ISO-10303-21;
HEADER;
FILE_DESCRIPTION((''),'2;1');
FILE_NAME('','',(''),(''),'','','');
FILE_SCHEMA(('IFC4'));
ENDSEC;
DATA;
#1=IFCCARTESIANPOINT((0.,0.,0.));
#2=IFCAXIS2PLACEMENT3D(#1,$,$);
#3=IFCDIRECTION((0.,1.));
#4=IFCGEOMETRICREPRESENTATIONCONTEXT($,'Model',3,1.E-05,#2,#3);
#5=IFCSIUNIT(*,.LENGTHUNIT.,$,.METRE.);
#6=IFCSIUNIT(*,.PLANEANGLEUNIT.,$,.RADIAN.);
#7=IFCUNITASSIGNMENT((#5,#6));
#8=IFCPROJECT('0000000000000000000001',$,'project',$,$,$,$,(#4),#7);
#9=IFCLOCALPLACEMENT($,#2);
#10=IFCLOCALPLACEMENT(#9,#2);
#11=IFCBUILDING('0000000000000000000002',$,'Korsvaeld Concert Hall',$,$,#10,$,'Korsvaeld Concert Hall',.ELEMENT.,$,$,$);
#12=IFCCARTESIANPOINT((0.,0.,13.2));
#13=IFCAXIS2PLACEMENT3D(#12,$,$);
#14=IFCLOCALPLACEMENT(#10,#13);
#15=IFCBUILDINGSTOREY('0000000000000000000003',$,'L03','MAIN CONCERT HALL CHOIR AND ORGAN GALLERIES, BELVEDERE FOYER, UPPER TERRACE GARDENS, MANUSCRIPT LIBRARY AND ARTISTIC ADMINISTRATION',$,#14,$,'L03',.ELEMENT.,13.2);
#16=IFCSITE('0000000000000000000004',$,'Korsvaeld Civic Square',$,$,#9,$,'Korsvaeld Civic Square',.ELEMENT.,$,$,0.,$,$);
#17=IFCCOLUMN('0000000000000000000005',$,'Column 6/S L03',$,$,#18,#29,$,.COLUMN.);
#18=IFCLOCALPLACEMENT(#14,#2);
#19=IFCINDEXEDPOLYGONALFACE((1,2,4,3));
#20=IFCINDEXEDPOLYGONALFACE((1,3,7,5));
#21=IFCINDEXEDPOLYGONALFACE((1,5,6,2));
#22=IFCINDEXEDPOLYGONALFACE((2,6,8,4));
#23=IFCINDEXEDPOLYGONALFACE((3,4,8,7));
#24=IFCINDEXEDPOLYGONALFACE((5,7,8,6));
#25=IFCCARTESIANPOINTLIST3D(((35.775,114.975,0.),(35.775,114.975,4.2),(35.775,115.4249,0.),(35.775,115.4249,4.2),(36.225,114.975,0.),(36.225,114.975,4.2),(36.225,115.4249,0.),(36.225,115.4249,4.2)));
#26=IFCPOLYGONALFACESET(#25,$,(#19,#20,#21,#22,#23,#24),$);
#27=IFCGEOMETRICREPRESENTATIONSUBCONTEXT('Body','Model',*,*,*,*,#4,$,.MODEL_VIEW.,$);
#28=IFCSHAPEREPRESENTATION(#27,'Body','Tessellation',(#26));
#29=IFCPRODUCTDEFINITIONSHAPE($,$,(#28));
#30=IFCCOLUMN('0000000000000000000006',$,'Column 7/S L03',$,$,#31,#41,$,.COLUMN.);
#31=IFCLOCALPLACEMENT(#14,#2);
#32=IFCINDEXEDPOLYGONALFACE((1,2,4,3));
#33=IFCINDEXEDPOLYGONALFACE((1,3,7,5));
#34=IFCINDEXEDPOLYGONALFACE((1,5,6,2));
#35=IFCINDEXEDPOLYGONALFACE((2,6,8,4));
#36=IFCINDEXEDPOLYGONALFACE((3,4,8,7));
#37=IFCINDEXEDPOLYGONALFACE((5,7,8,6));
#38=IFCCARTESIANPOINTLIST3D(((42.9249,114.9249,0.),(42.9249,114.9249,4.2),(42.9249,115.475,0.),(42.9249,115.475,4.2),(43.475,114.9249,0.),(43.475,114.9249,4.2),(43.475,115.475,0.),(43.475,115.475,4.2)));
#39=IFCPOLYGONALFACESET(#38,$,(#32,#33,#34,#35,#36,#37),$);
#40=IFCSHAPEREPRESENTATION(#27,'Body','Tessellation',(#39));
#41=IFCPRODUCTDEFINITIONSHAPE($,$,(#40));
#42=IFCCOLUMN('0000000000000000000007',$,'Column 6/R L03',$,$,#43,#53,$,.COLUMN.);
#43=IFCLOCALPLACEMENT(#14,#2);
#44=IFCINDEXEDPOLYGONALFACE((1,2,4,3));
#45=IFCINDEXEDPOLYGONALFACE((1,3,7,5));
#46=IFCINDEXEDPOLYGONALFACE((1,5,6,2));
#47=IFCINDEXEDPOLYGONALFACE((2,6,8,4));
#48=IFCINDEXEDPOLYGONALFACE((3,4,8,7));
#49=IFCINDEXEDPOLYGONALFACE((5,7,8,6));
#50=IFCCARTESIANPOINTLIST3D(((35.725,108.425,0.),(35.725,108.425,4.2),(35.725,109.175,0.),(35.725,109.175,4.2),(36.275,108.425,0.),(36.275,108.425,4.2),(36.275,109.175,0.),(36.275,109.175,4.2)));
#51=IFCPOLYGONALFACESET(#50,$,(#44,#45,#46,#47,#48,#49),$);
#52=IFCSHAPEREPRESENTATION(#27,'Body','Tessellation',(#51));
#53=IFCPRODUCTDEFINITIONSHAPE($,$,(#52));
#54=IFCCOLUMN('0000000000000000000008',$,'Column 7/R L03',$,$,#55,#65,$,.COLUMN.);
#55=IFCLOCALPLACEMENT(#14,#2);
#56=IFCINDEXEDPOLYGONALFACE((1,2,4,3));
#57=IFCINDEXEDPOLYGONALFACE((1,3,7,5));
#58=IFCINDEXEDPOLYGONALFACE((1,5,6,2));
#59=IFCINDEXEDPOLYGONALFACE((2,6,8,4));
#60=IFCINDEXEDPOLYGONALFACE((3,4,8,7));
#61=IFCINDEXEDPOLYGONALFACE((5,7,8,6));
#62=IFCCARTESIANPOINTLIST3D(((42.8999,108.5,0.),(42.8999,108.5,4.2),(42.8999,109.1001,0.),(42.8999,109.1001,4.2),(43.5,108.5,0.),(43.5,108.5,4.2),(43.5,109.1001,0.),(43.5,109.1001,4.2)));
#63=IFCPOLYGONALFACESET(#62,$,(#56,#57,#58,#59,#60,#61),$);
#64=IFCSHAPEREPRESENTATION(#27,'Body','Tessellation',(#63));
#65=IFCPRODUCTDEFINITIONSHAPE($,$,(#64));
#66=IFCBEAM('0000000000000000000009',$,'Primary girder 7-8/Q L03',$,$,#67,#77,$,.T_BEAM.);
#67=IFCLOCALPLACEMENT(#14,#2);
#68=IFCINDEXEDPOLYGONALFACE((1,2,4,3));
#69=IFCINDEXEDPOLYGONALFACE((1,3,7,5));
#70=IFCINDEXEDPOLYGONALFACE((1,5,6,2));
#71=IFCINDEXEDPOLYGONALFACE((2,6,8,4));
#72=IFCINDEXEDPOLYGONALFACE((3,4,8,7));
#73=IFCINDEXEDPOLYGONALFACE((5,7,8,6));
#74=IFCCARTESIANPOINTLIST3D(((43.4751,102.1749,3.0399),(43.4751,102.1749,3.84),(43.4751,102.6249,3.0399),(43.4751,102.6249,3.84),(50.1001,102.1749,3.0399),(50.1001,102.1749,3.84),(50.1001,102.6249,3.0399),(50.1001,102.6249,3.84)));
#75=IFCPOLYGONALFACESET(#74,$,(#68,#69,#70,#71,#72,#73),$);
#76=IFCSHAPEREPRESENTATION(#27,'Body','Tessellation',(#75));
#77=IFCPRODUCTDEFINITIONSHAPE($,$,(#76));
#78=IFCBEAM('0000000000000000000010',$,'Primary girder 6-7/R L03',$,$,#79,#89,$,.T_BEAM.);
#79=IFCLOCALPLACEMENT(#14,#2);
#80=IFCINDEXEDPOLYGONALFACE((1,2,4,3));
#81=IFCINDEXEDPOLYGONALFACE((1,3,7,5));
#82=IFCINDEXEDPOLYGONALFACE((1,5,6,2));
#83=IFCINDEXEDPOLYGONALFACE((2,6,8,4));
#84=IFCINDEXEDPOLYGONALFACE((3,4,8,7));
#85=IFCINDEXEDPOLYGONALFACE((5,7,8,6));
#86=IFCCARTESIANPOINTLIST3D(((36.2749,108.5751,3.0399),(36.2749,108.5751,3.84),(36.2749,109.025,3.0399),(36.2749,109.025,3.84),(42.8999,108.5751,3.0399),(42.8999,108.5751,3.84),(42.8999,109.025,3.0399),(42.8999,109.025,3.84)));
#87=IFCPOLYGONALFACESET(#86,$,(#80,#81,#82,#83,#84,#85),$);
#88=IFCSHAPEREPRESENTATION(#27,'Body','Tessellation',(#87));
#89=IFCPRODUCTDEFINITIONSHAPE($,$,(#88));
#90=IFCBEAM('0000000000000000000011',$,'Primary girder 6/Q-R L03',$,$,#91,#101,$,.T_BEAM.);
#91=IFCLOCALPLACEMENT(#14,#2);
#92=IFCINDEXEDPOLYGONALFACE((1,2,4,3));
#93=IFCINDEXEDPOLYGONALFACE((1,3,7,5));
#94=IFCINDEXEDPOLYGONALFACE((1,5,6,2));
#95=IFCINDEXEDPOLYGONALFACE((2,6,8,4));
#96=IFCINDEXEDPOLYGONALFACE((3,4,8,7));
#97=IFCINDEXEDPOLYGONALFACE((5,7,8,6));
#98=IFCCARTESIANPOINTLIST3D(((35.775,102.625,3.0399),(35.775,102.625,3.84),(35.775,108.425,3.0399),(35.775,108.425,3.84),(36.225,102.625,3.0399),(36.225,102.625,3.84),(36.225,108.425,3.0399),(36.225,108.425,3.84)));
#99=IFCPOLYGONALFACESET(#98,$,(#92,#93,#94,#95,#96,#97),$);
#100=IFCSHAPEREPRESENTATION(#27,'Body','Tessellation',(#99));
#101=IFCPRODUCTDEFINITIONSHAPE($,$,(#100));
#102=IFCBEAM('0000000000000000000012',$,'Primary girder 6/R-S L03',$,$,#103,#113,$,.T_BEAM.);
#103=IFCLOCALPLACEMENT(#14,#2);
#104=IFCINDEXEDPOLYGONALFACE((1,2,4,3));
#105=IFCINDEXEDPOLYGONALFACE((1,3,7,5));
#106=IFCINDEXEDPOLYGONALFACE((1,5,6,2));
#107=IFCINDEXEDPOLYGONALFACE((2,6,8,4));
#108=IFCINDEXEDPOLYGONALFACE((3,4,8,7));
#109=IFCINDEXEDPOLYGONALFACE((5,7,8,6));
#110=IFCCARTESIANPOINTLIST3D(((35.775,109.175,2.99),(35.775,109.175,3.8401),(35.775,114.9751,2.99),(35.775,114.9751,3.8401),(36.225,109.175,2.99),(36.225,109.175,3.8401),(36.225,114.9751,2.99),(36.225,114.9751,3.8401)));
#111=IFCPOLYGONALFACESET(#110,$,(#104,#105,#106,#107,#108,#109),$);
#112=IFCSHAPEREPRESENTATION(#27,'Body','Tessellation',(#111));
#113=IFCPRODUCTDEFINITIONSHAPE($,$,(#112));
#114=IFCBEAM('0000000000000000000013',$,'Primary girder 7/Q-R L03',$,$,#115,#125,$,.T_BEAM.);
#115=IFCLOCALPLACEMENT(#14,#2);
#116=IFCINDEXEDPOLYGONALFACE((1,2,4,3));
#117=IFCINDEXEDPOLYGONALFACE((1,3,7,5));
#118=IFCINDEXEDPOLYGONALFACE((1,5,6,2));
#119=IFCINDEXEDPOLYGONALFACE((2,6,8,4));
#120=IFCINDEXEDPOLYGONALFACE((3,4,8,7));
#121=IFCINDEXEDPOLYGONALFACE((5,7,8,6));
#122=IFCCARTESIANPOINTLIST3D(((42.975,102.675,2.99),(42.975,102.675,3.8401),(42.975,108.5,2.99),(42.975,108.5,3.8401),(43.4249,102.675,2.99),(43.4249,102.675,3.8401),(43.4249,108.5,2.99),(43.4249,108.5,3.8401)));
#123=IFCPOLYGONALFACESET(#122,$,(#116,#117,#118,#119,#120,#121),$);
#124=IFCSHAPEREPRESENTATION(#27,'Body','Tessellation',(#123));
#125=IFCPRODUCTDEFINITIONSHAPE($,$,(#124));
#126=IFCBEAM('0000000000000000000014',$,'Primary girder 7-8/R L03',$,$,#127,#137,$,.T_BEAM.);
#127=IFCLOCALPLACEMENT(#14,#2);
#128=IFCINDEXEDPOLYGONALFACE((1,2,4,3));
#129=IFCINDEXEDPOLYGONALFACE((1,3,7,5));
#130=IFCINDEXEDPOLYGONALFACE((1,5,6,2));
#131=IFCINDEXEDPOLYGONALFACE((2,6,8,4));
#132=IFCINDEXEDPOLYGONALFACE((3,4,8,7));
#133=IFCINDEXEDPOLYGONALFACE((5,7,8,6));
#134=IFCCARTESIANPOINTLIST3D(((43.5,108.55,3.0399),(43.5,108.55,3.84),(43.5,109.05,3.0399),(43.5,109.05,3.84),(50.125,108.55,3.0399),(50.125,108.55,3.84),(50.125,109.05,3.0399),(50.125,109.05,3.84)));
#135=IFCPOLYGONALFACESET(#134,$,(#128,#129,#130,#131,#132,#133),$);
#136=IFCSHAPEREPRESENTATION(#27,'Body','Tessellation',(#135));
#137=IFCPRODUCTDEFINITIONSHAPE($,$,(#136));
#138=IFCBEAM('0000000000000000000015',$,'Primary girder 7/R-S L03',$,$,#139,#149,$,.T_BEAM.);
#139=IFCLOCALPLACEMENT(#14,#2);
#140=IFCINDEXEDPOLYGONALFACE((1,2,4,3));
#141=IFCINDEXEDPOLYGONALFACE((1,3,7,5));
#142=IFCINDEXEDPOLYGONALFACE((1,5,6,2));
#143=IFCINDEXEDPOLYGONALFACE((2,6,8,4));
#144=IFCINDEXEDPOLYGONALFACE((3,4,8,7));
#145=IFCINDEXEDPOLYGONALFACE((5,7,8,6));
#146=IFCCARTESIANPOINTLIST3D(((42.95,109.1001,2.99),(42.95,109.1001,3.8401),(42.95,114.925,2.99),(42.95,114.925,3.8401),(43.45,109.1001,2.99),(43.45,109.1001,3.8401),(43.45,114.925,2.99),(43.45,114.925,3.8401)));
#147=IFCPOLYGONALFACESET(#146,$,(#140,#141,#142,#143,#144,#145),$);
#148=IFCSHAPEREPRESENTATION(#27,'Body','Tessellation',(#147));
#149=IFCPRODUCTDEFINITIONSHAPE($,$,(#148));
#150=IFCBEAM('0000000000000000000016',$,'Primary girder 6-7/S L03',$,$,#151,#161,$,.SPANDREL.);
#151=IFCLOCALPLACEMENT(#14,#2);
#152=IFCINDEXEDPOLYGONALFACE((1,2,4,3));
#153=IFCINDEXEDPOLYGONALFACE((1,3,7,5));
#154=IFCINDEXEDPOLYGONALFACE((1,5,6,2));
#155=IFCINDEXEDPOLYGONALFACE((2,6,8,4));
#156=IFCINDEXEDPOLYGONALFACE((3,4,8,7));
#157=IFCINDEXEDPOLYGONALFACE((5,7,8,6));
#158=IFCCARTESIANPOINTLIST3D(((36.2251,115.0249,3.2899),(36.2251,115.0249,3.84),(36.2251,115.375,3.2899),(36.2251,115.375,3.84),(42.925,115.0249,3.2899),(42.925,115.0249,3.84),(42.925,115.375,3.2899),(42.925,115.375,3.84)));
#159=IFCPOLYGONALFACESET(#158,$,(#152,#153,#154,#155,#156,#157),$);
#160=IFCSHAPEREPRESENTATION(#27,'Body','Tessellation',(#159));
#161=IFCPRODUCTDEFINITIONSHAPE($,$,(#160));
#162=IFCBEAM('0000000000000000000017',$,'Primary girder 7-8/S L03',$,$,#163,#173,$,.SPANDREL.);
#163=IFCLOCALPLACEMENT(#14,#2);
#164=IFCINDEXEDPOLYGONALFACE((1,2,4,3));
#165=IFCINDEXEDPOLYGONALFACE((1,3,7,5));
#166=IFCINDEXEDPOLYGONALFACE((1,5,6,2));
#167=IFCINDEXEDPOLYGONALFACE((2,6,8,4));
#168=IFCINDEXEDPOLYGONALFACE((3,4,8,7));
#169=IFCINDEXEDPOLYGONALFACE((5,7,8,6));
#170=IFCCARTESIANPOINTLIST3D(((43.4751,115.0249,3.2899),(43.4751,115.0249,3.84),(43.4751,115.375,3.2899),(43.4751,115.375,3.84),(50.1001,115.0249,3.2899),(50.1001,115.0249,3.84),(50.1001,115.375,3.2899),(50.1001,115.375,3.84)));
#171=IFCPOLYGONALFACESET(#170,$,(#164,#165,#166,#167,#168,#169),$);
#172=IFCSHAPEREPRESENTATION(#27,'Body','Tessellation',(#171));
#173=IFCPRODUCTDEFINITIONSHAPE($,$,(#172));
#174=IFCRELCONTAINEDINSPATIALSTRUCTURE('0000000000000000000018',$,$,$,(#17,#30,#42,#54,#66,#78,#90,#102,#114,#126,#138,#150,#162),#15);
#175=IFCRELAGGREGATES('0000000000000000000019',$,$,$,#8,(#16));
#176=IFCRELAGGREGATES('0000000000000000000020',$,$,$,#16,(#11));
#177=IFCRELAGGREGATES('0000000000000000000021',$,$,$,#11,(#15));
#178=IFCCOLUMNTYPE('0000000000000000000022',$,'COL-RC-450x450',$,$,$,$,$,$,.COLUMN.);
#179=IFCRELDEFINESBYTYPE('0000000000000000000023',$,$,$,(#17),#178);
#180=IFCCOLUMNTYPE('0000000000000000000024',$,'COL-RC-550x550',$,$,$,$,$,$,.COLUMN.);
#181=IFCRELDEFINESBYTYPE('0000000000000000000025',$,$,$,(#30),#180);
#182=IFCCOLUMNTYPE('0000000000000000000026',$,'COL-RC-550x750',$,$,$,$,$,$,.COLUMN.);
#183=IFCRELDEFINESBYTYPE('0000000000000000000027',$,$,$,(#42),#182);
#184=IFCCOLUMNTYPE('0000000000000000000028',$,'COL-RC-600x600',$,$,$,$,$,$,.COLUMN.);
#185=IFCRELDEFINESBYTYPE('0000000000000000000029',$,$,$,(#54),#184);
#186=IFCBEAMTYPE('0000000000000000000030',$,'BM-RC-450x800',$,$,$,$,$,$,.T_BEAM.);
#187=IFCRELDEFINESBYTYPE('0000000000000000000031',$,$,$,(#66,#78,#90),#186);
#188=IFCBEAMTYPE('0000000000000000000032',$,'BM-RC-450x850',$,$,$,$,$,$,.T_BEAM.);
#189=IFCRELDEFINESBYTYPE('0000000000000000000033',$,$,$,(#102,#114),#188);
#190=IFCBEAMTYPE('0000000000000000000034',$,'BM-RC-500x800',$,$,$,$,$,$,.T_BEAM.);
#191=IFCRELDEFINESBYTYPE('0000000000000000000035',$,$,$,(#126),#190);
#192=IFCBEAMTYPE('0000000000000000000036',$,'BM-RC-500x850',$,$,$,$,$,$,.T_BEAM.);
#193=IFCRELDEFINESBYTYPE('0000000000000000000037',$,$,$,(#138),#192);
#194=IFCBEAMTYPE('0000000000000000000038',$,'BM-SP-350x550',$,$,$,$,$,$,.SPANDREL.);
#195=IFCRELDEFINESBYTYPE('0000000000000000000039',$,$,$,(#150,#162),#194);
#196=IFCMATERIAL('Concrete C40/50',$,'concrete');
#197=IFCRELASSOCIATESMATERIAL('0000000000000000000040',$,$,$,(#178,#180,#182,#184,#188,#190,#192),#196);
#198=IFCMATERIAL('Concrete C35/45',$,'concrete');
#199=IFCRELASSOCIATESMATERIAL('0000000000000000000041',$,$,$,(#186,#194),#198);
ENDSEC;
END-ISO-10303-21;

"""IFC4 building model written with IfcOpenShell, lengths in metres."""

from ifc_helpers import new_model, si_unit, direction, frame, origin, origin_2d, place, context, subcontext, project, spatial, rectangle, extrude, material, material_profile, profile_set, type_object, element, save


model = new_model("IFC4")

# Units and contexts
model_context = context("Model", 3, precision=1e-05, world=origin(), true_north=direction((0.0, 1.0)))
body_context = subcontext(model_context, "Body", "Model", "MODEL_VIEW")
ifc_project = project(units=[si_unit("LENGTHUNIT", "METRE"), si_unit("PLANEANGLEUNIT", "RADIAN")], contexts=[model_context])

# Site, building, storey
site_placement = place(None, origin())
site = spatial("IfcSite", under=ifc_project, at=site_placement, Name="Korsvaeld Civic Square", LongName="Korsvaeld Civic Square", CompositionType="ELEMENT", RefElevation=0.0)
building_placement = place(site_placement, origin())
building = spatial("IfcBuilding", under=site, at=building_placement, Name="Korsvaeld Concert Hall", LongName="Korsvaeld Concert Hall", CompositionType="ELEMENT")
storey_placement = place(building_placement, frame((0.0, 0.0, 13.2)))
storey = spatial("IfcBuildingStorey", under=building, at=storey_placement, Name="L03", Description="MAIN CONCERT HALL CHOIR AND ORGAN GALLERIES, BELVEDERE FOYER, UPPER TERRACE GARDENS, MANUSCRIPT LIBRARY AND ARTISTIC ADMINISTRATION", LongName="L03", CompositionType="ELEMENT", Elevation=13.2)

# Columns
ifc_material_1 = material(Name="Concrete C40/50", Category="concrete")
ifc_material_profile_1 = material_profile(ifc_material_1, rectangle(XDim=0.45, YDim=0.45, at=origin_2d()), Name="RC 450x450")
ifc_profile_set_1 = profile_set([ifc_material_profile_1], Name="Concrete C40/50")
column_type_1 = type_object("IfcColumnType", Name="COL-RC-450x450", PredefinedType="COLUMN", material=ifc_profile_set_1)
column_1_placement = place(storey_placement, frame((36.0, 115.2, 0.0), z_axis=(0.0, 0.0, 1.0), x_axis=(1.0, 0.0, 0.0)))
element("IfcColumn", 1, at=column_1_placement, inside=storey, type_object=column_type_1, Name="Column 6/S L03", PredefinedType="COLUMN", context=body_context, shape_type="SweptSolid", body=[
    extrude(rectangle(XDim=0.45, YDim=0.45, at=origin_2d()), origin(), (0.0, 0.0, 1.0), 4.2),
])
ifc_material_profile_2 = material_profile(ifc_material_1, rectangle(XDim=0.55, YDim=0.55, at=origin_2d()), Name="RC 550x550")
ifc_profile_set_2 = profile_set([ifc_material_profile_2], Name="Concrete C40/50")
column_type_2 = type_object("IfcColumnType", Name="COL-RC-550x550", PredefinedType="COLUMN", material=ifc_profile_set_2)
column_2_placement = place(storey_placement, frame((43.2, 115.2, 0.0), z_axis=(0.0, 0.0, 1.0), x_axis=(1.0, 0.0, 0.0)))
element("IfcColumn", 2, at=column_2_placement, inside=storey, type_object=column_type_2, Name="Column 7/S L03", PredefinedType="COLUMN", context=body_context, shape_type="SweptSolid", body=[
    extrude(rectangle(XDim=0.55, YDim=0.55, at=origin_2d()), origin(), (0.0, 0.0, 1.0), 4.2),
])
ifc_material_profile_3 = material_profile(ifc_material_1, rectangle(XDim=0.55, YDim=0.75, at=origin_2d()), Name="RC 550x750")
ifc_profile_set_3 = profile_set([ifc_material_profile_3], Name="Concrete C40/50")
column_type_3 = type_object("IfcColumnType", Name="COL-RC-550x750", PredefinedType="COLUMN", material=ifc_profile_set_3)
column_3_placement = place(storey_placement, frame((36.0, 108.8, 0.0), z_axis=(0.0, 0.0, 1.0), x_axis=(1.0, 0.0, 0.0)))
element("IfcColumn", 3, at=column_3_placement, inside=storey, type_object=column_type_3, Name="Column 6/R L03", PredefinedType="COLUMN", context=body_context, shape_type="SweptSolid", body=[
    extrude(rectangle(XDim=0.55, YDim=0.75, at=origin_2d()), origin(), (0.0, 0.0, 1.0), 4.2),
])
ifc_material_profile_4 = material_profile(ifc_material_1, rectangle(XDim=0.6001, YDim=0.6001, at=origin_2d()), Name="RC 600x600")
ifc_profile_set_4 = profile_set([ifc_material_profile_4], Name="Concrete C40/50")
column_type_4 = type_object("IfcColumnType", Name="COL-RC-600x600", PredefinedType="COLUMN", material=ifc_profile_set_4)
column_4_placement = place(storey_placement, frame((43.2, 108.8, 0.0), z_axis=(0.0, 0.0, 1.0), x_axis=(1.0, 0.0, 0.0)))
element("IfcColumn", 4, at=column_4_placement, inside=storey, type_object=column_type_4, Name="Column 7/R L03", PredefinedType="COLUMN", context=body_context, shape_type="SweptSolid", body=[
    extrude(rectangle(XDim=0.6001, YDim=0.6001, at=origin_2d()), origin(), (0.0, 0.0, 1.0), 4.2),
])

# Beams
ifc_material_2 = material(Name="Concrete C35/45", Category="concrete")
ifc_material_profile_5 = material_profile(ifc_material_2, rectangle(XDim=0.45, YDim=0.8, at=origin_2d()), Name="RC 450x800")
ifc_profile_set_5 = profile_set([ifc_material_profile_5], Name="Concrete C35/45")
beam_type_1 = type_object("IfcBeamType", Name="BM-RC-450x800", PredefinedType="T_BEAM", material=ifc_profile_set_5)
for number, where, z_axis, x_axis, name in (
    (5, (43.4751, 102.3999, 3.4399), (1.0, 0.0, 0.0), (0.0, 1.0, 0.0), "Primary girder 7-8/Q L03"),
    (6, (36.2749, 108.8, 3.4399), (1.0, 0.0, 0.0), (0.0, 1.0, 0.0), "Primary girder 6-7/R L03"),
):
    element("IfcBeam", number, at=place(storey_placement, frame(where, z_axis=z_axis, x_axis=x_axis)), inside=storey, type_object=beam_type_1, Name=name, PredefinedType="T_BEAM", context=body_context, shape_type="SweptSolid", body=[
        extrude(rectangle(XDim=0.45, YDim=0.8, at=origin_2d()), origin(), (0.0, 0.0, 1.0), 6.625),
    ])
beam_1_placement = place(storey_placement, frame((36.0, 102.625, 3.4399), z_axis=(0.0, 1.0, 0.0), x_axis=(-1.0, 0.0, 0.0)))
element("IfcBeam", 7, at=beam_1_placement, inside=storey, type_object=beam_type_1, Name="Primary girder 6/Q-R L03", PredefinedType="T_BEAM", context=body_context, shape_type="SweptSolid", body=[
    extrude(rectangle(XDim=0.45, YDim=0.8, at=origin_2d()), origin(), (0.0, 0.0, 1.0), 5.8),
])
ifc_material_profile_6 = material_profile(ifc_material_1, rectangle(XDim=0.45, YDim=0.8501, at=origin_2d()), Name="RC 450x850")
ifc_profile_set_6 = profile_set([ifc_material_profile_6], Name="Concrete C40/50")
beam_type_2 = type_object("IfcBeamType", Name="BM-RC-450x850", PredefinedType="T_BEAM", material=ifc_profile_set_6)
beam_2_placement = place(storey_placement, frame((36.0, 109.175, 3.415), z_axis=(0.0, 1.0, 0.0), x_axis=(-1.0, 0.0, 0.0)))
element("IfcBeam", 8, at=beam_2_placement, inside=storey, type_object=beam_type_2, Name="Primary girder 6/R-S L03", PredefinedType="T_BEAM", context=body_context, shape_type="SweptSolid", body=[
    extrude(rectangle(XDim=0.45, YDim=0.8501, at=origin_2d()), origin(), (0.0, 0.0, 1.0), 5.8),
])
beam_3_placement = place(storey_placement, frame((43.2, 102.675, 3.415), z_axis=(0.0, 1.0, 0.0), x_axis=(-1.0, 0.0, 0.0)))
element("IfcBeam", 9, at=beam_3_placement, inside=storey, type_object=beam_type_2, Name="Primary girder 7/Q-R L03", PredefinedType="T_BEAM", context=body_context, shape_type="SweptSolid", body=[
    extrude(rectangle(XDim=0.45, YDim=0.8501, at=origin_2d()), origin(), (0.0, 0.0, 1.0), 5.825),
])
ifc_material_profile_7 = material_profile(ifc_material_1, rectangle(XDim=0.5, YDim=0.8, at=origin_2d()), Name="RC 500x800")
ifc_profile_set_7 = profile_set([ifc_material_profile_7], Name="Concrete C40/50")
beam_type_3 = type_object("IfcBeamType", Name="BM-RC-500x800", PredefinedType="T_BEAM", material=ifc_profile_set_7)
beam_4_placement = place(storey_placement, frame((43.5, 108.8, 3.4399), z_axis=(1.0, 0.0, 0.0), x_axis=(0.0, 1.0, 0.0)))
element("IfcBeam", 10, at=beam_4_placement, inside=storey, type_object=beam_type_3, Name="Primary girder 7-8/R L03", PredefinedType="T_BEAM", context=body_context, shape_type="SweptSolid", body=[
    extrude(rectangle(XDim=0.5, YDim=0.8, at=origin_2d()), origin(), (0.0, 0.0, 1.0), 6.625),
])
ifc_material_profile_8 = material_profile(ifc_material_1, rectangle(XDim=0.5, YDim=0.8501, at=origin_2d()), Name="RC 500x850")
ifc_profile_set_8 = profile_set([ifc_material_profile_8], Name="Concrete C40/50")
beam_type_4 = type_object("IfcBeamType", Name="BM-RC-500x850", PredefinedType="T_BEAM", material=ifc_profile_set_8)
beam_5_placement = place(storey_placement, frame((43.2, 109.1001, 3.415), z_axis=(0.0, 1.0, 0.0), x_axis=(-1.0, 0.0, 0.0)))
element("IfcBeam", 11, at=beam_5_placement, inside=storey, type_object=beam_type_4, Name="Primary girder 7/R-S L03", PredefinedType="T_BEAM", context=body_context, shape_type="SweptSolid", body=[
    extrude(rectangle(XDim=0.5, YDim=0.8501, at=origin_2d()), origin(), (0.0, 0.0, 1.0), 5.825),
])
ifc_material_profile_9 = material_profile(ifc_material_2, rectangle(XDim=0.3501, YDim=0.55, at=origin_2d()), Name="RC 350x550")
ifc_profile_set_9 = profile_set([ifc_material_profile_9], Name="Concrete C35/45")
beam_type_5 = type_object("IfcBeamType", Name="BM-SP-350x550", PredefinedType="SPANDREL", material=ifc_profile_set_9)
beam_6_placement = place(storey_placement, frame((36.2251, 115.2, 3.5649), z_axis=(1.0, 0.0, 0.0), x_axis=(0.0, 1.0, 0.0)))
element("IfcBeam", 12, at=beam_6_placement, inside=storey, type_object=beam_type_5, Name="Primary girder 6-7/S L03", PredefinedType="SPANDREL", context=body_context, shape_type="SweptSolid", body=[
    extrude(rectangle(XDim=0.3501, YDim=0.55, at=origin_2d()), origin(), (0.0, 0.0, 1.0), 6.7),
])
beam_7_placement = place(storey_placement, frame((43.4751, 115.2, 3.5649), z_axis=(1.0, 0.0, 0.0), x_axis=(0.0, 1.0, 0.0)))
element("IfcBeam", 13, at=beam_7_placement, inside=storey, type_object=beam_type_5, Name="Primary girder 7-8/S L03", PredefinedType="SPANDREL", context=body_context, shape_type="SweptSolid", body=[
    extrude(rectangle(XDim=0.3501, YDim=0.55, at=origin_2d()), origin(), (0.0, 0.0, 1.0), 6.625),
])

save(model, "model.ifc")
